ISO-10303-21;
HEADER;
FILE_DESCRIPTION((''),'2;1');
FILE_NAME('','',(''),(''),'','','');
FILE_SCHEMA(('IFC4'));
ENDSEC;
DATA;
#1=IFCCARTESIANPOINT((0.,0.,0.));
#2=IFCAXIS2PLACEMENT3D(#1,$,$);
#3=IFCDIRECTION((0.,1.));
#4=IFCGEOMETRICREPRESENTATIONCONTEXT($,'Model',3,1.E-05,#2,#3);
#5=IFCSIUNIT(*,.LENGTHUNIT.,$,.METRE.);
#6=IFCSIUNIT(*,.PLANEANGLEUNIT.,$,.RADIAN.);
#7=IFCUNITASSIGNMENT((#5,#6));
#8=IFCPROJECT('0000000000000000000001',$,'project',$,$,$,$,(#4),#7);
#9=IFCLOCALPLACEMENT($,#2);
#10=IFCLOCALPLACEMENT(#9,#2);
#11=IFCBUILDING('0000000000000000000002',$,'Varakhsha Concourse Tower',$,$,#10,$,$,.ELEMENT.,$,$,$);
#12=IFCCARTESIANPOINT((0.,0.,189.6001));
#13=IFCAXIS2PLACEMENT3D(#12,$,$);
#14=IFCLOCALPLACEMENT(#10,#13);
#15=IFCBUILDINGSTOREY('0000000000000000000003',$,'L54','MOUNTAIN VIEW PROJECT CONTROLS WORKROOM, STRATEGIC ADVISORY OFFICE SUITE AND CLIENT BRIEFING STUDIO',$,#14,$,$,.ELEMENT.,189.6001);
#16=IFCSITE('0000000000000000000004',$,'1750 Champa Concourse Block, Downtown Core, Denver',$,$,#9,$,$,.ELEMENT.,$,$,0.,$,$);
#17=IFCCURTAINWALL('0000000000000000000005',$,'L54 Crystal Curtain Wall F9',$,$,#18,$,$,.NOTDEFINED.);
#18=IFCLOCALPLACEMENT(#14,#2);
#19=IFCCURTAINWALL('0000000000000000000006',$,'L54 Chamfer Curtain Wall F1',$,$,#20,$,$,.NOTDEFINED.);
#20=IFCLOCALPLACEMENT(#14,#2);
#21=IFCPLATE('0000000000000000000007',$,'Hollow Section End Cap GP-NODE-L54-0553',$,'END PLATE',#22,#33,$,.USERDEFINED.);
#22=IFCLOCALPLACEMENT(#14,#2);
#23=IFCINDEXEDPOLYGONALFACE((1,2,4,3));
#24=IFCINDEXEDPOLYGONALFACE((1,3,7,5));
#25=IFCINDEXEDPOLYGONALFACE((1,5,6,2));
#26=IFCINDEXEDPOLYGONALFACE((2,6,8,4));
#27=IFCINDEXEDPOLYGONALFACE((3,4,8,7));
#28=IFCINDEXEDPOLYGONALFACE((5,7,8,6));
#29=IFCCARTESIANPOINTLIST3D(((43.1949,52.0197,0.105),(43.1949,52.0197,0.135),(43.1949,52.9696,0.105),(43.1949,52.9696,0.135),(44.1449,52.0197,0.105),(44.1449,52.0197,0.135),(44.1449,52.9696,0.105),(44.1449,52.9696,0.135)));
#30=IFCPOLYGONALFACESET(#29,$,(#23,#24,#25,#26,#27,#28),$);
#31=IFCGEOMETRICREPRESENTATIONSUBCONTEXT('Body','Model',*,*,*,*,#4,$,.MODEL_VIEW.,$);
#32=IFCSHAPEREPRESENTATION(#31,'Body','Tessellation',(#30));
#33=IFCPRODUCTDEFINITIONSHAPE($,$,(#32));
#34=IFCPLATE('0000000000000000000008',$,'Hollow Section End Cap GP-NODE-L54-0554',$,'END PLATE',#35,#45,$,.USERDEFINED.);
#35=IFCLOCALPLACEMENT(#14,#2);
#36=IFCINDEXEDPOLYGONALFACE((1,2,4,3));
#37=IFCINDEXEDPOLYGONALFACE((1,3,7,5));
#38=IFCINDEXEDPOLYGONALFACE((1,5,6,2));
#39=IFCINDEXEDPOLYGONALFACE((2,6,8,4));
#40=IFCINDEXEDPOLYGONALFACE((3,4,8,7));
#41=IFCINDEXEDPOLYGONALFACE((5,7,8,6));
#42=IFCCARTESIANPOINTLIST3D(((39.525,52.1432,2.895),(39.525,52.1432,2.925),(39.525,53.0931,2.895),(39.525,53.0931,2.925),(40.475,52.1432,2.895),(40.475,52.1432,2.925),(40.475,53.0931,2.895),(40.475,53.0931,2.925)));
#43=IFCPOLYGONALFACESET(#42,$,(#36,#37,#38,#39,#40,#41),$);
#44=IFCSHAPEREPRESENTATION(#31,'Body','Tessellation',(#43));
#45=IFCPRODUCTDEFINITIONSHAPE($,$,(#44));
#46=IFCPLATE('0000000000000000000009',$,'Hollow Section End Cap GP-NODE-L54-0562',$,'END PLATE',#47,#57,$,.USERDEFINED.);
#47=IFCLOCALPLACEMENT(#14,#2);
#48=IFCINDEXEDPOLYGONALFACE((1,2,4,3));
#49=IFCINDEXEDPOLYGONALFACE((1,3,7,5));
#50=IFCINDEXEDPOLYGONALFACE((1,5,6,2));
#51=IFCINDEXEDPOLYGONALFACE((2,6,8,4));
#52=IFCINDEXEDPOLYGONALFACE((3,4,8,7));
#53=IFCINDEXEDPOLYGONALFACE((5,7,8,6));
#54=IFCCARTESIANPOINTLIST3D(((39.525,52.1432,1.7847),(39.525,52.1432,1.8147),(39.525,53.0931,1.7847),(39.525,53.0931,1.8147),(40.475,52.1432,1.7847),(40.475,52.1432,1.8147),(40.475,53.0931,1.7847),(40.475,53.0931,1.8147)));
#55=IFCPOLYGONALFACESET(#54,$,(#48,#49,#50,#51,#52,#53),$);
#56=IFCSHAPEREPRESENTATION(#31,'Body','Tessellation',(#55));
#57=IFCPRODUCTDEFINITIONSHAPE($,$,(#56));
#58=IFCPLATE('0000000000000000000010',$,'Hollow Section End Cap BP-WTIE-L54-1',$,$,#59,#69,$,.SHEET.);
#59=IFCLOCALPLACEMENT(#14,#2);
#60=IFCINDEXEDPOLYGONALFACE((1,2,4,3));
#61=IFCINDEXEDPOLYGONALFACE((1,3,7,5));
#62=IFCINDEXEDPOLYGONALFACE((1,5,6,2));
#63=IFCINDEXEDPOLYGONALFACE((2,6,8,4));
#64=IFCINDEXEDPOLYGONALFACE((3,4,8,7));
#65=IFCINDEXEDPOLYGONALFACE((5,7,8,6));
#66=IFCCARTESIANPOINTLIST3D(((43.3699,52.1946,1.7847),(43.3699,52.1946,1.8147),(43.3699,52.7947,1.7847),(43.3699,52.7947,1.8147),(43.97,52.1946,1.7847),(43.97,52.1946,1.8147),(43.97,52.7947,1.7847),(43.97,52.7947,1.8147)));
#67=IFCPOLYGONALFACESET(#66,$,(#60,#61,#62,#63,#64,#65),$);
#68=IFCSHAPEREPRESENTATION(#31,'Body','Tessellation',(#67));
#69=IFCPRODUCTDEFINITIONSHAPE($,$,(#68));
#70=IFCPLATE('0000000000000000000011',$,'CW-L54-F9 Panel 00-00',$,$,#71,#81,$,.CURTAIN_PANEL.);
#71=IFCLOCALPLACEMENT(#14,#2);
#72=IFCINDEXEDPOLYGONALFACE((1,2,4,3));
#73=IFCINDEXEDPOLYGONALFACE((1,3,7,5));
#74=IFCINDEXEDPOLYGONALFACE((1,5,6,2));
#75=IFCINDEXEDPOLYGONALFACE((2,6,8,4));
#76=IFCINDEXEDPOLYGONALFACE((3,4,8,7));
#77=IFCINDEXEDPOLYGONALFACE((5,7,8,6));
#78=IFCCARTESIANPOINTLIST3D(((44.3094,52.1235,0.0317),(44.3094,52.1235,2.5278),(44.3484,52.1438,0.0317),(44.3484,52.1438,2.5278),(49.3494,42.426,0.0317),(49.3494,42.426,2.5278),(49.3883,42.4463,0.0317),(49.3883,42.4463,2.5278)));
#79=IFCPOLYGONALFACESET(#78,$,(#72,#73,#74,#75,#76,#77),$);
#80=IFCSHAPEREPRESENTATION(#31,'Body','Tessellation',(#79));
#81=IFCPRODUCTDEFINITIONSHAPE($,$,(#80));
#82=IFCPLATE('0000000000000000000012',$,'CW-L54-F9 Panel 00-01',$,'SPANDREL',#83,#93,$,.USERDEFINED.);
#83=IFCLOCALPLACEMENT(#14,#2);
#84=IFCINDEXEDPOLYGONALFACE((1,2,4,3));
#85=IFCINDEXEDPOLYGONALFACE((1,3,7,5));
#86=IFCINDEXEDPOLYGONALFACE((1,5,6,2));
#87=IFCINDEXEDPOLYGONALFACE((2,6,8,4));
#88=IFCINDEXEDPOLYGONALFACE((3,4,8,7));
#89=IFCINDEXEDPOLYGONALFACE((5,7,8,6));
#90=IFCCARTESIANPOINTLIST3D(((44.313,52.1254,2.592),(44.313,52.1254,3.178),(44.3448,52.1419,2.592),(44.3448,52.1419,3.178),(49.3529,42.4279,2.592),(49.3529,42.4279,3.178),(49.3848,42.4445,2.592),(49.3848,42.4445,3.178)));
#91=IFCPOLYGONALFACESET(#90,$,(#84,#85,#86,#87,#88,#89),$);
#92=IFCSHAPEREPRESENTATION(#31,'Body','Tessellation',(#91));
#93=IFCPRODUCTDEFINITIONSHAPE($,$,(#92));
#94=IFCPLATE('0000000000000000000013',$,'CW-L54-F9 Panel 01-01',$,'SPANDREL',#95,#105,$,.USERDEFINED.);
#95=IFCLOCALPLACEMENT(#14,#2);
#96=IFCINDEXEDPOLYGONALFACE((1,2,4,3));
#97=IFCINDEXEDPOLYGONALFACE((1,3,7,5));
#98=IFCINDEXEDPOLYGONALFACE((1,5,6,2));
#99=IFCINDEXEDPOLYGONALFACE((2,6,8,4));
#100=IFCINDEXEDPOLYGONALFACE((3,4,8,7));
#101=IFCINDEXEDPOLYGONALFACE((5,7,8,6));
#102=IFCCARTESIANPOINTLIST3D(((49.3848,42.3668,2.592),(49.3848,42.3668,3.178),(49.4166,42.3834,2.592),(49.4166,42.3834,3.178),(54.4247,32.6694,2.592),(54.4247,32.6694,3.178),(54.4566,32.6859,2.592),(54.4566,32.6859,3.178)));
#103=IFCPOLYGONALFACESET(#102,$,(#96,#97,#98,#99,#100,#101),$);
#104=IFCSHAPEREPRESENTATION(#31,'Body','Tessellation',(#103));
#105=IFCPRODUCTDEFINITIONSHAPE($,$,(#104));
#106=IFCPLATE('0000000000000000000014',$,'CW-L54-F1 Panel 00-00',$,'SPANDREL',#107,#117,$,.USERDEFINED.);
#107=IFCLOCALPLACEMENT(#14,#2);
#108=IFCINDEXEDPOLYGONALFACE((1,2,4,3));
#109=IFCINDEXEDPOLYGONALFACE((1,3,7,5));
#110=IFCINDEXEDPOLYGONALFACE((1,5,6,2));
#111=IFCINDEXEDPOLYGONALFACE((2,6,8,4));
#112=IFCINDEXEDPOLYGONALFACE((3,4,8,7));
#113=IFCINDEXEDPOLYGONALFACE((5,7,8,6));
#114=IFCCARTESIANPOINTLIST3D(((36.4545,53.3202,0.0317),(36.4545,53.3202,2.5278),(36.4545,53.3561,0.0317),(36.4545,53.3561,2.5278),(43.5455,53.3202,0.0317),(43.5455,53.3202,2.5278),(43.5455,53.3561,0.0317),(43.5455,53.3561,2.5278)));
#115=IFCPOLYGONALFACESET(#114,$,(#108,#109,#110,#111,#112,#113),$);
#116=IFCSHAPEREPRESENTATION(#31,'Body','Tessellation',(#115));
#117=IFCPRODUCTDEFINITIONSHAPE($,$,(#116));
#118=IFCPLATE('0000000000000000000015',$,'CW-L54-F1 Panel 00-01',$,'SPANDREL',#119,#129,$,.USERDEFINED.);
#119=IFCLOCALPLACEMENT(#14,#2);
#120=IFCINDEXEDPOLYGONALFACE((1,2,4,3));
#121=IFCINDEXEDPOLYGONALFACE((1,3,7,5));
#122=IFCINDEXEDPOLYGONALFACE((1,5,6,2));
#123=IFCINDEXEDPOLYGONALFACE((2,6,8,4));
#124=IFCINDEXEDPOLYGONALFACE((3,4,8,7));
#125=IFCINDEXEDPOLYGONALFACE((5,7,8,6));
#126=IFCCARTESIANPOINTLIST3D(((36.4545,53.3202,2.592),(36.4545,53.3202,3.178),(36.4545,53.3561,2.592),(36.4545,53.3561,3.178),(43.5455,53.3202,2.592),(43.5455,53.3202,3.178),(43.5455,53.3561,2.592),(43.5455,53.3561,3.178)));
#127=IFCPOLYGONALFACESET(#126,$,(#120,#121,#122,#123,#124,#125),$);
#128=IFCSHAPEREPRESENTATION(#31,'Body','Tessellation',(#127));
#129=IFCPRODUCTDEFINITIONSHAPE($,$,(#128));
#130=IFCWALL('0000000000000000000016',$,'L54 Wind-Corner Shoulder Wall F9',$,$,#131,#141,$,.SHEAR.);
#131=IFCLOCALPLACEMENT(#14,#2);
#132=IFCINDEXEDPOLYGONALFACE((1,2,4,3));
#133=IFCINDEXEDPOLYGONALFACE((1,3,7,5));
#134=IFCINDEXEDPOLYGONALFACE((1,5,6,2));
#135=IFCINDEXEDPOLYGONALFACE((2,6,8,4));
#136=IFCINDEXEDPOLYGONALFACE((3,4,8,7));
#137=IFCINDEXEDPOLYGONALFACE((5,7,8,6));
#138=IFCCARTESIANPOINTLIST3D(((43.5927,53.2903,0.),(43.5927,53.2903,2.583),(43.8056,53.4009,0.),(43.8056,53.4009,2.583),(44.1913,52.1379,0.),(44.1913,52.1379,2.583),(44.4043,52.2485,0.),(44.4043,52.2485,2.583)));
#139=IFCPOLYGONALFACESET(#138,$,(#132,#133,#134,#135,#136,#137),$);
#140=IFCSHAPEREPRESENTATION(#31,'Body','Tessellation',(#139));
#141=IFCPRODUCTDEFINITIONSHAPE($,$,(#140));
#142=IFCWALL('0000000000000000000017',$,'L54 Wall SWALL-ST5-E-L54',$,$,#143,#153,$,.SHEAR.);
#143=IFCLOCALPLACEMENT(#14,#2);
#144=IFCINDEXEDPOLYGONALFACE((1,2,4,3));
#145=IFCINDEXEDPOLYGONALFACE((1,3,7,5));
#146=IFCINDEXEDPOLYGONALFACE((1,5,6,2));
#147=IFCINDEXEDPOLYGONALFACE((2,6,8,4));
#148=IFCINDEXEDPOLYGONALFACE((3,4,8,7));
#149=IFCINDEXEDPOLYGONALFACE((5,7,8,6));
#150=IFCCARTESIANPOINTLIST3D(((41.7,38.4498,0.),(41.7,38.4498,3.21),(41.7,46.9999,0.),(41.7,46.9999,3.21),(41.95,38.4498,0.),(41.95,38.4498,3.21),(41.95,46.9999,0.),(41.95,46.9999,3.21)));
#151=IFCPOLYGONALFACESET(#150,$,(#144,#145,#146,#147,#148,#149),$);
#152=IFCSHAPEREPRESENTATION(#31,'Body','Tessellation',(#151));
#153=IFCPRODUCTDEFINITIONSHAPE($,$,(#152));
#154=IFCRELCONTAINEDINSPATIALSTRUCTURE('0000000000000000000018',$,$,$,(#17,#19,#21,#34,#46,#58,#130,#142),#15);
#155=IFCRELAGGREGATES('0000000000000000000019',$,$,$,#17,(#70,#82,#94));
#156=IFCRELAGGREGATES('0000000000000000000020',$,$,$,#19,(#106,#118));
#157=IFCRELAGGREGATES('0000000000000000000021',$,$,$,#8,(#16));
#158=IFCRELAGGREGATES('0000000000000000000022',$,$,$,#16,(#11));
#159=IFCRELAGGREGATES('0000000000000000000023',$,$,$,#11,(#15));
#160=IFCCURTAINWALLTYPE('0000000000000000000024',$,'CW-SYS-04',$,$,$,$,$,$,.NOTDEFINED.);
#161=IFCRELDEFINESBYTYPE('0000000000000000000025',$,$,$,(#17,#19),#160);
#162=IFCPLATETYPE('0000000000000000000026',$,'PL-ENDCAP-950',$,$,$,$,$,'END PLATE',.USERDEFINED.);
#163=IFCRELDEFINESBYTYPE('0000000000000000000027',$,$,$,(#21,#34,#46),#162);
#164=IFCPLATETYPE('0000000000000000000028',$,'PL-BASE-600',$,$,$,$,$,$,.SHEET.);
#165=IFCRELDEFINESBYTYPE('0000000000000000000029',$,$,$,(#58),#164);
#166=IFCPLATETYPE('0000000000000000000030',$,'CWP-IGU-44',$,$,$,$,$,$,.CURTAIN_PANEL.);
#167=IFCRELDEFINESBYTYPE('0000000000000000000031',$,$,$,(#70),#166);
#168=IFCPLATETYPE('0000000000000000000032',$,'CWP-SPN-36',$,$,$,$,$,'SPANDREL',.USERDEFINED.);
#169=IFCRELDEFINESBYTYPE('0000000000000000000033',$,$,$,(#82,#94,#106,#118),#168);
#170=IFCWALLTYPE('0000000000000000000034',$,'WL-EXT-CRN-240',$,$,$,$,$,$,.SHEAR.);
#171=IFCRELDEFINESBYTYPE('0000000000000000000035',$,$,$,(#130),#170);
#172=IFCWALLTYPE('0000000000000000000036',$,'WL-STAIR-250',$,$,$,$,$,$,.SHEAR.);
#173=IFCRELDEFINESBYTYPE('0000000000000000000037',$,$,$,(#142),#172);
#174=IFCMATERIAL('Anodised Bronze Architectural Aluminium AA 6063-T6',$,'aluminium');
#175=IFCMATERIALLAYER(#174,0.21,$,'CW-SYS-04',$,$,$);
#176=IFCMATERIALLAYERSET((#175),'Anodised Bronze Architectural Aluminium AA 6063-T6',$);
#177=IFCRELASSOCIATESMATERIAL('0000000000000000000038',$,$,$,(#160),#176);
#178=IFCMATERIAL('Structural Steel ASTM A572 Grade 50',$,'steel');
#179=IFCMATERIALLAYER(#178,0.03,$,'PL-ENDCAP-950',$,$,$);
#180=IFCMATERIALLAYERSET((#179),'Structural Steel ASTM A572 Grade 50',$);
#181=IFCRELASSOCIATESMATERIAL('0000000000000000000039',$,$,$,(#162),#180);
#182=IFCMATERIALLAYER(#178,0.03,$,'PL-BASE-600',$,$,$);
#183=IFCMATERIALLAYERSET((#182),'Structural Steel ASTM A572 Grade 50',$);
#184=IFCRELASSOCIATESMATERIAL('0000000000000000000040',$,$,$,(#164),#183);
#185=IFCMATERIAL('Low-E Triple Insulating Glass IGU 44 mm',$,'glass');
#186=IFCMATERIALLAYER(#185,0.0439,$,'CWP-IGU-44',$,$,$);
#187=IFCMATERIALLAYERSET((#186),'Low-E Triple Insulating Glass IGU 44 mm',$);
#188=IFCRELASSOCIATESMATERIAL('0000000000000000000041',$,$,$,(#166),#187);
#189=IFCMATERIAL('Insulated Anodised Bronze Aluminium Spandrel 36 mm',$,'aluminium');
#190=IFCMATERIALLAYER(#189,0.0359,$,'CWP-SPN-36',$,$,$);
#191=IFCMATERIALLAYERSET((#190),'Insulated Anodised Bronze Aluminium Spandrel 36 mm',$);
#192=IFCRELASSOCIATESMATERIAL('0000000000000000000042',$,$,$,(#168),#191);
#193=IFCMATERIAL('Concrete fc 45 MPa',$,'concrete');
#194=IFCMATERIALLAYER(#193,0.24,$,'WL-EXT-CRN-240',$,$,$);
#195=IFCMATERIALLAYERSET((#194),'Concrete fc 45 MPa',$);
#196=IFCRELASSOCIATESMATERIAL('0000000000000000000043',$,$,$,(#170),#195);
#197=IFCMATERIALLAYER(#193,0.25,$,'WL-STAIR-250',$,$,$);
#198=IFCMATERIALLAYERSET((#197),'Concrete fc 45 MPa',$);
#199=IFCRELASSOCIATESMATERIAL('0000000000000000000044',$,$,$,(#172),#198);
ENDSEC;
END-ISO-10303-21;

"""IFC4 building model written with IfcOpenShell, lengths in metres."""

from ifc_helpers import new_model, si_unit, direction, frame, frame_2d, origin, origin_2d, place, context, subcontext, project, spatial, rectangle, extrude, source, transform, mapped, material, layer, layer_set, type_object, type_shapes, element, aggregate, save


model = new_model("IFC4")

# Units and contexts
model_context = context("Model", 3, precision=1e-05, world=origin(), true_north=direction((0.0, 1.0)))
body_context = subcontext(model_context, "Body", "Model", "MODEL_VIEW")
ifc_project = project(units=[si_unit("LENGTHUNIT", "METRE"), si_unit("PLANEANGLEUNIT", "RADIAN")], contexts=[model_context])

# Site, building, storey
site_placement = place(None, origin())
site = spatial("IfcSite", under=ifc_project, at=site_placement, Name="1750 Champa Concourse Block, Downtown Core, Denver", CompositionType="ELEMENT", RefElevation=0.0)
building_placement = place(site_placement, origin())
building = spatial("IfcBuilding", under=site, at=building_placement, Name="Varakhsha Concourse Tower", CompositionType="ELEMENT")
storey_placement = place(building_placement, frame((0.0, 0.0, 189.6001)))
storey = spatial("IfcBuildingStorey", under=building, at=storey_placement, Name="L54", Description="MOUNTAIN VIEW PROJECT CONTROLS WORKROOM, STRATEGIC ADVISORY OFFICE SUITE AND CLIENT BRIEFING STUDIO", CompositionType="ELEMENT", Elevation=189.6001)

# Shared definitions
ifc_material_1 = material(Name="Structural Steel ASTM A572 Grade 50", Category="steel")

# Curtain wall
ifc_material_2 = material(Name="Anodised Bronze Architectural Aluminium AA 6063-T6", Category="aluminium")
ifc_layer_1 = layer(ifc_material_2, 0.21, Name="CW-SYS-04")
ifc_layer_set_1 = layer_set([ifc_layer_1], Name="Anodised Bronze Architectural Aluminium AA 6063-T6")
curtain_wall_type = type_object("IfcCurtainWallType", Name="CW-SYS-04", PredefinedType="NOTDEFINED", material=ifc_layer_set_1)
curtain_wall_1_placement = place(storey_placement, origin())
curtain_wall_1 = element("IfcCurtainWall", 1, at=curtain_wall_1_placement, inside=storey, type_object=curtain_wall_type, Name="L54 Crystal Curtain Wall F9", PredefinedType="NOTDEFINED")

# Curtain wall
curtain_wall_2_placement = place(storey_placement, origin())
curtain_wall_2 = element("IfcCurtainWall", 2, at=curtain_wall_2_placement, inside=storey, type_object=curtain_wall_type, Name="L54 Chamfer Curtain Wall F1", PredefinedType="NOTDEFINED")

# Plates
ifc_layer_2 = layer(ifc_material_1, 0.03, Name="PL-ENDCAP-950")
ifc_layer_set_2 = layer_set([ifc_layer_2], Name="Structural Steel ASTM A572 Grade 50")
plate_type_1 = type_object("IfcPlateType", Name="PL-ENDCAP-950", ElementType="END PLATE", PredefinedType="USERDEFINED", material=ifc_layer_set_2)
shared_shape_1 = source(origin(), body_context, "Body", "SweptSolid", [
    extrude(rectangle(XDim=0.95, YDim=0.95, at=origin_2d()), origin(), (0.0, 0.0, 1.0), 0.03),
])
type_shapes(plate_type_1, [shared_shape_1])
for number, where, z_axis, x_axis, name in (
    (3, (43.6699, 52.4946, 0.105), (0.0, 0.0, 1.0), (1.0, 0.0, 0.0), "Hollow Section End Cap GP-NODE-L54-0553"),
    (4, (40.0, 52.6182, 2.895), (0.0, 0.0, 1.0), (1.0, 0.0, 0.0), "Hollow Section End Cap GP-NODE-L54-0554"),
    (5, (40.0, 52.6182, 1.7847), (0.0, 0.0, 1.0), (1.0, 0.0, 0.0), "Hollow Section End Cap GP-NODE-L54-0562"),
):
    element("IfcPlate", number, at=place(storey_placement, frame(where, z_axis=z_axis, x_axis=x_axis)), inside=storey, type_object=plate_type_1, Name=name, ObjectType="END PLATE", PredefinedType="USERDEFINED", context=body_context, shape_type="MappedRepresentation", body=[
        mapped(shared_shape_1, transform((0.0, 0.0, 0.0), scale=1.0)),
    ])
ifc_layer_3 = layer(ifc_material_1, 0.03, Name="PL-BASE-600")
ifc_layer_set_3 = layer_set([ifc_layer_3], Name="Structural Steel ASTM A572 Grade 50")
plate_type_2 = type_object("IfcPlateType", Name="PL-BASE-600", PredefinedType="SHEET", material=ifc_layer_set_3)
shared_shape_2 = source(origin(), body_context, "Body", "SweptSolid", [
    extrude(rectangle(XDim=0.6001, YDim=0.6001, at=origin_2d()), origin(), (0.0, 0.0, 1.0), 0.03),
])
type_shapes(plate_type_2, [shared_shape_2])
plate_1_placement = place(storey_placement, frame((43.6699, 52.4946, 1.7847), z_axis=(0.0, 0.0, 1.0), x_axis=(1.0, 0.0, 0.0)))
element("IfcPlate", 6, at=plate_1_placement, inside=storey, type_object=plate_type_2, Name="Hollow Section End Cap BP-WTIE-L54-1", PredefinedType="SHEET", context=body_context, shape_type="MappedRepresentation", body=[
    mapped(shared_shape_2, transform((0.0, 0.0, 0.0), scale=1.0)),
])

# Plates
ifc_material_3 = material(Name="Low-E Triple Insulating Glass IGU 44 mm", Category="glass")
ifc_layer_4 = layer(ifc_material_3, 0.0439, Name="CWP-IGU-44")
ifc_layer_set_4 = layer_set([ifc_layer_4], Name="Low-E Triple Insulating Glass IGU 44 mm")
plate_type_3 = type_object("IfcPlateType", Name="CWP-IGU-44", PredefinedType="CURTAIN_PANEL", material=ifc_layer_set_4)
shared_shape_3 = source(origin(), body_context, "Body", "SweptSolid", [
    extrude(rectangle(XDim=10.929, YDim=0.0439, at=origin_2d()), origin(), (0.0, 0.0, 1.0), 2.4961),
])
type_shapes(plate_type_3, [shared_shape_3])
plate_2_placement = place(storey_placement, frame((46.8489, 47.2849, 0.0317), z_axis=(0.0, 0.0, 1.0), x_axis=(0.461156, -0.887319, 0.0)))
plate_2 = element("IfcPlate", 7, at=plate_2_placement, type_object=plate_type_3, Name="CW-L54-F9 Panel 00-00", PredefinedType="CURTAIN_PANEL", context=body_context, shape_type="MappedRepresentation", body=[
    mapped(shared_shape_3, transform((0.0, 0.0, 0.0), scale=1.0)),
])
ifc_material_4 = material(Name="Insulated Anodised Bronze Aluminium Spandrel 36 mm", Category="aluminium")
ifc_layer_5 = layer(ifc_material_4, 0.0359, Name="CWP-SPN-36")
ifc_layer_set_5 = layer_set([ifc_layer_5], Name="Insulated Anodised Bronze Aluminium Spandrel 36 mm")
plate_type_4 = type_object("IfcPlateType", Name="CWP-SPN-36", ElementType="SPANDREL", PredefinedType="USERDEFINED", material=ifc_layer_set_5)
shared_shape_4 = source(origin(), body_context, "Body", "SweptSolid", [
    extrude(rectangle(XDim=10.929, YDim=0.0359, at=origin_2d()), origin(), (0.0, 0.0, 1.0), 0.5859),
])
plate_3_placement = place(storey_placement, frame((46.8489, 47.2849, 2.592), z_axis=(0.0, 0.0, 1.0), x_axis=(0.461156, -0.887319, 0.0)))
plate_3 = element("IfcPlate", 8, at=plate_3_placement, type_object=plate_type_4, Name="CW-L54-F9 Panel 00-01", ObjectType="SPANDREL", PredefinedType="USERDEFINED", context=body_context, shape_type="MappedRepresentation", body=[
    mapped(shared_shape_4, transform((0.0, 0.0, 0.0), scale=1.0)),
])
plate_4_placement = place(storey_placement, frame((51.9207, 37.5264, 2.592), z_axis=(0.0, 0.0, 1.0), x_axis=(0.461156, -0.887319, 0.0)))
plate_4 = element("IfcPlate", 9, at=plate_4_placement, type_object=plate_type_4, Name="CW-L54-F9 Panel 01-01", ObjectType="SPANDREL", PredefinedType="USERDEFINED", context=body_context, shape_type="MappedRepresentation", body=[
    mapped(shared_shape_4, transform((0.0, 0.0, 0.0), scale=1.0)),
])
aggregate(curtain_wall_1, [plate_2, plate_3, plate_4])
shared_shape_5 = source(origin(), body_context, "Body", "SweptSolid", [
    extrude(rectangle(XDim=7.0911, YDim=0.0359, at=origin_2d()), origin(), (0.0, 0.0, 1.0), 2.4961),
])
plate_5_placement = place(storey_placement, frame((40.0, 53.3381, 0.0317), z_axis=(0.0, 0.0, 1.0), x_axis=(1.0, 0.0, 0.0)))
plate_5 = element("IfcPlate", 10, at=plate_5_placement, type_object=plate_type_4, Name="CW-L54-F1 Panel 00-00", ObjectType="SPANDREL", PredefinedType="USERDEFINED", context=body_context, shape_type="MappedRepresentation", body=[
    mapped(shared_shape_5, transform((0.0, 0.0, 0.0), scale=1.0)),
])
shared_shape_6 = source(origin(), body_context, "Body", "SweptSolid", [
    extrude(rectangle(XDim=7.0911, YDim=0.0359, at=origin_2d()), origin(), (0.0, 0.0, 1.0), 0.5859),
])
type_shapes(plate_type_4, [shared_shape_4, shared_shape_5, shared_shape_6])
plate_6_placement = place(storey_placement, frame((40.0, 53.3381, 2.592), z_axis=(0.0, 0.0, 1.0), x_axis=(1.0, 0.0, 0.0)))
plate_6 = element("IfcPlate", 11, at=plate_6_placement, type_object=plate_type_4, Name="CW-L54-F1 Panel 00-01", ObjectType="SPANDREL", PredefinedType="USERDEFINED", context=body_context, shape_type="MappedRepresentation", body=[
    mapped(shared_shape_6, transform((0.0, 0.0, 0.0), scale=1.0)),
])
aggregate(curtain_wall_2, [plate_5, plate_6])

# Walls
ifc_material_5 = material(Name="Concrete fc 45 MPa", Category="concrete")
ifc_layer_6 = layer(ifc_material_5, 0.24, Name="WL-EXT-CRN-240")
ifc_layer_set_6 = layer_set([ifc_layer_6], Name="Concrete fc 45 MPa")
wall_type_1 = type_object("IfcWallType", Name="WL-EXT-CRN-240", PredefinedType="SHEAR", material=ifc_layer_set_6)
wall_1_placement = place(storey_placement, frame((44.2979, 52.1931, 0.0), z_axis=(0.0, 0.0, 1.0), x_axis=(-0.460998, 0.887401, 0.0)))
element("IfcWall", 12, at=wall_1_placement, inside=storey, type_object=wall_type_1, Name="L54 Wind-Corner Shoulder Wall F9", PredefinedType="SHEAR", context=body_context, shape_type="SweptSolid", body=[
    extrude(rectangle(XDim=1.2986, YDim=0.24, at=frame_2d((0.6494, 0.0))), origin(), (0.0, 0.0, 1.0), 2.583),
])
ifc_layer_7 = layer(ifc_material_5, 0.25, Name="WL-STAIR-250")
ifc_layer_set_7 = layer_set([ifc_layer_7], Name="Concrete fc 45 MPa")
wall_type_2 = type_object("IfcWallType", Name="WL-STAIR-250", PredefinedType="SHEAR", material=ifc_layer_set_7)
wall_2_placement = place(storey_placement, frame((41.825, 38.45, 0.0), z_axis=(0.0, 0.0, 1.0), x_axis=(0.0, 1.0, 0.0)))
element("IfcWall", 13, at=wall_2_placement, inside=storey, type_object=wall_type_2, Name="L54 Wall SWALL-ST5-E-L54", PredefinedType="SHEAR", context=body_context, shape_type="SweptSolid", body=[
    extrude(rectangle(XDim=8.55, YDim=0.25, at=frame_2d((4.2749, 0.0))), origin(), (0.0, 0.0, 1.0), 3.21),
])

save(model, "model.ifc")
